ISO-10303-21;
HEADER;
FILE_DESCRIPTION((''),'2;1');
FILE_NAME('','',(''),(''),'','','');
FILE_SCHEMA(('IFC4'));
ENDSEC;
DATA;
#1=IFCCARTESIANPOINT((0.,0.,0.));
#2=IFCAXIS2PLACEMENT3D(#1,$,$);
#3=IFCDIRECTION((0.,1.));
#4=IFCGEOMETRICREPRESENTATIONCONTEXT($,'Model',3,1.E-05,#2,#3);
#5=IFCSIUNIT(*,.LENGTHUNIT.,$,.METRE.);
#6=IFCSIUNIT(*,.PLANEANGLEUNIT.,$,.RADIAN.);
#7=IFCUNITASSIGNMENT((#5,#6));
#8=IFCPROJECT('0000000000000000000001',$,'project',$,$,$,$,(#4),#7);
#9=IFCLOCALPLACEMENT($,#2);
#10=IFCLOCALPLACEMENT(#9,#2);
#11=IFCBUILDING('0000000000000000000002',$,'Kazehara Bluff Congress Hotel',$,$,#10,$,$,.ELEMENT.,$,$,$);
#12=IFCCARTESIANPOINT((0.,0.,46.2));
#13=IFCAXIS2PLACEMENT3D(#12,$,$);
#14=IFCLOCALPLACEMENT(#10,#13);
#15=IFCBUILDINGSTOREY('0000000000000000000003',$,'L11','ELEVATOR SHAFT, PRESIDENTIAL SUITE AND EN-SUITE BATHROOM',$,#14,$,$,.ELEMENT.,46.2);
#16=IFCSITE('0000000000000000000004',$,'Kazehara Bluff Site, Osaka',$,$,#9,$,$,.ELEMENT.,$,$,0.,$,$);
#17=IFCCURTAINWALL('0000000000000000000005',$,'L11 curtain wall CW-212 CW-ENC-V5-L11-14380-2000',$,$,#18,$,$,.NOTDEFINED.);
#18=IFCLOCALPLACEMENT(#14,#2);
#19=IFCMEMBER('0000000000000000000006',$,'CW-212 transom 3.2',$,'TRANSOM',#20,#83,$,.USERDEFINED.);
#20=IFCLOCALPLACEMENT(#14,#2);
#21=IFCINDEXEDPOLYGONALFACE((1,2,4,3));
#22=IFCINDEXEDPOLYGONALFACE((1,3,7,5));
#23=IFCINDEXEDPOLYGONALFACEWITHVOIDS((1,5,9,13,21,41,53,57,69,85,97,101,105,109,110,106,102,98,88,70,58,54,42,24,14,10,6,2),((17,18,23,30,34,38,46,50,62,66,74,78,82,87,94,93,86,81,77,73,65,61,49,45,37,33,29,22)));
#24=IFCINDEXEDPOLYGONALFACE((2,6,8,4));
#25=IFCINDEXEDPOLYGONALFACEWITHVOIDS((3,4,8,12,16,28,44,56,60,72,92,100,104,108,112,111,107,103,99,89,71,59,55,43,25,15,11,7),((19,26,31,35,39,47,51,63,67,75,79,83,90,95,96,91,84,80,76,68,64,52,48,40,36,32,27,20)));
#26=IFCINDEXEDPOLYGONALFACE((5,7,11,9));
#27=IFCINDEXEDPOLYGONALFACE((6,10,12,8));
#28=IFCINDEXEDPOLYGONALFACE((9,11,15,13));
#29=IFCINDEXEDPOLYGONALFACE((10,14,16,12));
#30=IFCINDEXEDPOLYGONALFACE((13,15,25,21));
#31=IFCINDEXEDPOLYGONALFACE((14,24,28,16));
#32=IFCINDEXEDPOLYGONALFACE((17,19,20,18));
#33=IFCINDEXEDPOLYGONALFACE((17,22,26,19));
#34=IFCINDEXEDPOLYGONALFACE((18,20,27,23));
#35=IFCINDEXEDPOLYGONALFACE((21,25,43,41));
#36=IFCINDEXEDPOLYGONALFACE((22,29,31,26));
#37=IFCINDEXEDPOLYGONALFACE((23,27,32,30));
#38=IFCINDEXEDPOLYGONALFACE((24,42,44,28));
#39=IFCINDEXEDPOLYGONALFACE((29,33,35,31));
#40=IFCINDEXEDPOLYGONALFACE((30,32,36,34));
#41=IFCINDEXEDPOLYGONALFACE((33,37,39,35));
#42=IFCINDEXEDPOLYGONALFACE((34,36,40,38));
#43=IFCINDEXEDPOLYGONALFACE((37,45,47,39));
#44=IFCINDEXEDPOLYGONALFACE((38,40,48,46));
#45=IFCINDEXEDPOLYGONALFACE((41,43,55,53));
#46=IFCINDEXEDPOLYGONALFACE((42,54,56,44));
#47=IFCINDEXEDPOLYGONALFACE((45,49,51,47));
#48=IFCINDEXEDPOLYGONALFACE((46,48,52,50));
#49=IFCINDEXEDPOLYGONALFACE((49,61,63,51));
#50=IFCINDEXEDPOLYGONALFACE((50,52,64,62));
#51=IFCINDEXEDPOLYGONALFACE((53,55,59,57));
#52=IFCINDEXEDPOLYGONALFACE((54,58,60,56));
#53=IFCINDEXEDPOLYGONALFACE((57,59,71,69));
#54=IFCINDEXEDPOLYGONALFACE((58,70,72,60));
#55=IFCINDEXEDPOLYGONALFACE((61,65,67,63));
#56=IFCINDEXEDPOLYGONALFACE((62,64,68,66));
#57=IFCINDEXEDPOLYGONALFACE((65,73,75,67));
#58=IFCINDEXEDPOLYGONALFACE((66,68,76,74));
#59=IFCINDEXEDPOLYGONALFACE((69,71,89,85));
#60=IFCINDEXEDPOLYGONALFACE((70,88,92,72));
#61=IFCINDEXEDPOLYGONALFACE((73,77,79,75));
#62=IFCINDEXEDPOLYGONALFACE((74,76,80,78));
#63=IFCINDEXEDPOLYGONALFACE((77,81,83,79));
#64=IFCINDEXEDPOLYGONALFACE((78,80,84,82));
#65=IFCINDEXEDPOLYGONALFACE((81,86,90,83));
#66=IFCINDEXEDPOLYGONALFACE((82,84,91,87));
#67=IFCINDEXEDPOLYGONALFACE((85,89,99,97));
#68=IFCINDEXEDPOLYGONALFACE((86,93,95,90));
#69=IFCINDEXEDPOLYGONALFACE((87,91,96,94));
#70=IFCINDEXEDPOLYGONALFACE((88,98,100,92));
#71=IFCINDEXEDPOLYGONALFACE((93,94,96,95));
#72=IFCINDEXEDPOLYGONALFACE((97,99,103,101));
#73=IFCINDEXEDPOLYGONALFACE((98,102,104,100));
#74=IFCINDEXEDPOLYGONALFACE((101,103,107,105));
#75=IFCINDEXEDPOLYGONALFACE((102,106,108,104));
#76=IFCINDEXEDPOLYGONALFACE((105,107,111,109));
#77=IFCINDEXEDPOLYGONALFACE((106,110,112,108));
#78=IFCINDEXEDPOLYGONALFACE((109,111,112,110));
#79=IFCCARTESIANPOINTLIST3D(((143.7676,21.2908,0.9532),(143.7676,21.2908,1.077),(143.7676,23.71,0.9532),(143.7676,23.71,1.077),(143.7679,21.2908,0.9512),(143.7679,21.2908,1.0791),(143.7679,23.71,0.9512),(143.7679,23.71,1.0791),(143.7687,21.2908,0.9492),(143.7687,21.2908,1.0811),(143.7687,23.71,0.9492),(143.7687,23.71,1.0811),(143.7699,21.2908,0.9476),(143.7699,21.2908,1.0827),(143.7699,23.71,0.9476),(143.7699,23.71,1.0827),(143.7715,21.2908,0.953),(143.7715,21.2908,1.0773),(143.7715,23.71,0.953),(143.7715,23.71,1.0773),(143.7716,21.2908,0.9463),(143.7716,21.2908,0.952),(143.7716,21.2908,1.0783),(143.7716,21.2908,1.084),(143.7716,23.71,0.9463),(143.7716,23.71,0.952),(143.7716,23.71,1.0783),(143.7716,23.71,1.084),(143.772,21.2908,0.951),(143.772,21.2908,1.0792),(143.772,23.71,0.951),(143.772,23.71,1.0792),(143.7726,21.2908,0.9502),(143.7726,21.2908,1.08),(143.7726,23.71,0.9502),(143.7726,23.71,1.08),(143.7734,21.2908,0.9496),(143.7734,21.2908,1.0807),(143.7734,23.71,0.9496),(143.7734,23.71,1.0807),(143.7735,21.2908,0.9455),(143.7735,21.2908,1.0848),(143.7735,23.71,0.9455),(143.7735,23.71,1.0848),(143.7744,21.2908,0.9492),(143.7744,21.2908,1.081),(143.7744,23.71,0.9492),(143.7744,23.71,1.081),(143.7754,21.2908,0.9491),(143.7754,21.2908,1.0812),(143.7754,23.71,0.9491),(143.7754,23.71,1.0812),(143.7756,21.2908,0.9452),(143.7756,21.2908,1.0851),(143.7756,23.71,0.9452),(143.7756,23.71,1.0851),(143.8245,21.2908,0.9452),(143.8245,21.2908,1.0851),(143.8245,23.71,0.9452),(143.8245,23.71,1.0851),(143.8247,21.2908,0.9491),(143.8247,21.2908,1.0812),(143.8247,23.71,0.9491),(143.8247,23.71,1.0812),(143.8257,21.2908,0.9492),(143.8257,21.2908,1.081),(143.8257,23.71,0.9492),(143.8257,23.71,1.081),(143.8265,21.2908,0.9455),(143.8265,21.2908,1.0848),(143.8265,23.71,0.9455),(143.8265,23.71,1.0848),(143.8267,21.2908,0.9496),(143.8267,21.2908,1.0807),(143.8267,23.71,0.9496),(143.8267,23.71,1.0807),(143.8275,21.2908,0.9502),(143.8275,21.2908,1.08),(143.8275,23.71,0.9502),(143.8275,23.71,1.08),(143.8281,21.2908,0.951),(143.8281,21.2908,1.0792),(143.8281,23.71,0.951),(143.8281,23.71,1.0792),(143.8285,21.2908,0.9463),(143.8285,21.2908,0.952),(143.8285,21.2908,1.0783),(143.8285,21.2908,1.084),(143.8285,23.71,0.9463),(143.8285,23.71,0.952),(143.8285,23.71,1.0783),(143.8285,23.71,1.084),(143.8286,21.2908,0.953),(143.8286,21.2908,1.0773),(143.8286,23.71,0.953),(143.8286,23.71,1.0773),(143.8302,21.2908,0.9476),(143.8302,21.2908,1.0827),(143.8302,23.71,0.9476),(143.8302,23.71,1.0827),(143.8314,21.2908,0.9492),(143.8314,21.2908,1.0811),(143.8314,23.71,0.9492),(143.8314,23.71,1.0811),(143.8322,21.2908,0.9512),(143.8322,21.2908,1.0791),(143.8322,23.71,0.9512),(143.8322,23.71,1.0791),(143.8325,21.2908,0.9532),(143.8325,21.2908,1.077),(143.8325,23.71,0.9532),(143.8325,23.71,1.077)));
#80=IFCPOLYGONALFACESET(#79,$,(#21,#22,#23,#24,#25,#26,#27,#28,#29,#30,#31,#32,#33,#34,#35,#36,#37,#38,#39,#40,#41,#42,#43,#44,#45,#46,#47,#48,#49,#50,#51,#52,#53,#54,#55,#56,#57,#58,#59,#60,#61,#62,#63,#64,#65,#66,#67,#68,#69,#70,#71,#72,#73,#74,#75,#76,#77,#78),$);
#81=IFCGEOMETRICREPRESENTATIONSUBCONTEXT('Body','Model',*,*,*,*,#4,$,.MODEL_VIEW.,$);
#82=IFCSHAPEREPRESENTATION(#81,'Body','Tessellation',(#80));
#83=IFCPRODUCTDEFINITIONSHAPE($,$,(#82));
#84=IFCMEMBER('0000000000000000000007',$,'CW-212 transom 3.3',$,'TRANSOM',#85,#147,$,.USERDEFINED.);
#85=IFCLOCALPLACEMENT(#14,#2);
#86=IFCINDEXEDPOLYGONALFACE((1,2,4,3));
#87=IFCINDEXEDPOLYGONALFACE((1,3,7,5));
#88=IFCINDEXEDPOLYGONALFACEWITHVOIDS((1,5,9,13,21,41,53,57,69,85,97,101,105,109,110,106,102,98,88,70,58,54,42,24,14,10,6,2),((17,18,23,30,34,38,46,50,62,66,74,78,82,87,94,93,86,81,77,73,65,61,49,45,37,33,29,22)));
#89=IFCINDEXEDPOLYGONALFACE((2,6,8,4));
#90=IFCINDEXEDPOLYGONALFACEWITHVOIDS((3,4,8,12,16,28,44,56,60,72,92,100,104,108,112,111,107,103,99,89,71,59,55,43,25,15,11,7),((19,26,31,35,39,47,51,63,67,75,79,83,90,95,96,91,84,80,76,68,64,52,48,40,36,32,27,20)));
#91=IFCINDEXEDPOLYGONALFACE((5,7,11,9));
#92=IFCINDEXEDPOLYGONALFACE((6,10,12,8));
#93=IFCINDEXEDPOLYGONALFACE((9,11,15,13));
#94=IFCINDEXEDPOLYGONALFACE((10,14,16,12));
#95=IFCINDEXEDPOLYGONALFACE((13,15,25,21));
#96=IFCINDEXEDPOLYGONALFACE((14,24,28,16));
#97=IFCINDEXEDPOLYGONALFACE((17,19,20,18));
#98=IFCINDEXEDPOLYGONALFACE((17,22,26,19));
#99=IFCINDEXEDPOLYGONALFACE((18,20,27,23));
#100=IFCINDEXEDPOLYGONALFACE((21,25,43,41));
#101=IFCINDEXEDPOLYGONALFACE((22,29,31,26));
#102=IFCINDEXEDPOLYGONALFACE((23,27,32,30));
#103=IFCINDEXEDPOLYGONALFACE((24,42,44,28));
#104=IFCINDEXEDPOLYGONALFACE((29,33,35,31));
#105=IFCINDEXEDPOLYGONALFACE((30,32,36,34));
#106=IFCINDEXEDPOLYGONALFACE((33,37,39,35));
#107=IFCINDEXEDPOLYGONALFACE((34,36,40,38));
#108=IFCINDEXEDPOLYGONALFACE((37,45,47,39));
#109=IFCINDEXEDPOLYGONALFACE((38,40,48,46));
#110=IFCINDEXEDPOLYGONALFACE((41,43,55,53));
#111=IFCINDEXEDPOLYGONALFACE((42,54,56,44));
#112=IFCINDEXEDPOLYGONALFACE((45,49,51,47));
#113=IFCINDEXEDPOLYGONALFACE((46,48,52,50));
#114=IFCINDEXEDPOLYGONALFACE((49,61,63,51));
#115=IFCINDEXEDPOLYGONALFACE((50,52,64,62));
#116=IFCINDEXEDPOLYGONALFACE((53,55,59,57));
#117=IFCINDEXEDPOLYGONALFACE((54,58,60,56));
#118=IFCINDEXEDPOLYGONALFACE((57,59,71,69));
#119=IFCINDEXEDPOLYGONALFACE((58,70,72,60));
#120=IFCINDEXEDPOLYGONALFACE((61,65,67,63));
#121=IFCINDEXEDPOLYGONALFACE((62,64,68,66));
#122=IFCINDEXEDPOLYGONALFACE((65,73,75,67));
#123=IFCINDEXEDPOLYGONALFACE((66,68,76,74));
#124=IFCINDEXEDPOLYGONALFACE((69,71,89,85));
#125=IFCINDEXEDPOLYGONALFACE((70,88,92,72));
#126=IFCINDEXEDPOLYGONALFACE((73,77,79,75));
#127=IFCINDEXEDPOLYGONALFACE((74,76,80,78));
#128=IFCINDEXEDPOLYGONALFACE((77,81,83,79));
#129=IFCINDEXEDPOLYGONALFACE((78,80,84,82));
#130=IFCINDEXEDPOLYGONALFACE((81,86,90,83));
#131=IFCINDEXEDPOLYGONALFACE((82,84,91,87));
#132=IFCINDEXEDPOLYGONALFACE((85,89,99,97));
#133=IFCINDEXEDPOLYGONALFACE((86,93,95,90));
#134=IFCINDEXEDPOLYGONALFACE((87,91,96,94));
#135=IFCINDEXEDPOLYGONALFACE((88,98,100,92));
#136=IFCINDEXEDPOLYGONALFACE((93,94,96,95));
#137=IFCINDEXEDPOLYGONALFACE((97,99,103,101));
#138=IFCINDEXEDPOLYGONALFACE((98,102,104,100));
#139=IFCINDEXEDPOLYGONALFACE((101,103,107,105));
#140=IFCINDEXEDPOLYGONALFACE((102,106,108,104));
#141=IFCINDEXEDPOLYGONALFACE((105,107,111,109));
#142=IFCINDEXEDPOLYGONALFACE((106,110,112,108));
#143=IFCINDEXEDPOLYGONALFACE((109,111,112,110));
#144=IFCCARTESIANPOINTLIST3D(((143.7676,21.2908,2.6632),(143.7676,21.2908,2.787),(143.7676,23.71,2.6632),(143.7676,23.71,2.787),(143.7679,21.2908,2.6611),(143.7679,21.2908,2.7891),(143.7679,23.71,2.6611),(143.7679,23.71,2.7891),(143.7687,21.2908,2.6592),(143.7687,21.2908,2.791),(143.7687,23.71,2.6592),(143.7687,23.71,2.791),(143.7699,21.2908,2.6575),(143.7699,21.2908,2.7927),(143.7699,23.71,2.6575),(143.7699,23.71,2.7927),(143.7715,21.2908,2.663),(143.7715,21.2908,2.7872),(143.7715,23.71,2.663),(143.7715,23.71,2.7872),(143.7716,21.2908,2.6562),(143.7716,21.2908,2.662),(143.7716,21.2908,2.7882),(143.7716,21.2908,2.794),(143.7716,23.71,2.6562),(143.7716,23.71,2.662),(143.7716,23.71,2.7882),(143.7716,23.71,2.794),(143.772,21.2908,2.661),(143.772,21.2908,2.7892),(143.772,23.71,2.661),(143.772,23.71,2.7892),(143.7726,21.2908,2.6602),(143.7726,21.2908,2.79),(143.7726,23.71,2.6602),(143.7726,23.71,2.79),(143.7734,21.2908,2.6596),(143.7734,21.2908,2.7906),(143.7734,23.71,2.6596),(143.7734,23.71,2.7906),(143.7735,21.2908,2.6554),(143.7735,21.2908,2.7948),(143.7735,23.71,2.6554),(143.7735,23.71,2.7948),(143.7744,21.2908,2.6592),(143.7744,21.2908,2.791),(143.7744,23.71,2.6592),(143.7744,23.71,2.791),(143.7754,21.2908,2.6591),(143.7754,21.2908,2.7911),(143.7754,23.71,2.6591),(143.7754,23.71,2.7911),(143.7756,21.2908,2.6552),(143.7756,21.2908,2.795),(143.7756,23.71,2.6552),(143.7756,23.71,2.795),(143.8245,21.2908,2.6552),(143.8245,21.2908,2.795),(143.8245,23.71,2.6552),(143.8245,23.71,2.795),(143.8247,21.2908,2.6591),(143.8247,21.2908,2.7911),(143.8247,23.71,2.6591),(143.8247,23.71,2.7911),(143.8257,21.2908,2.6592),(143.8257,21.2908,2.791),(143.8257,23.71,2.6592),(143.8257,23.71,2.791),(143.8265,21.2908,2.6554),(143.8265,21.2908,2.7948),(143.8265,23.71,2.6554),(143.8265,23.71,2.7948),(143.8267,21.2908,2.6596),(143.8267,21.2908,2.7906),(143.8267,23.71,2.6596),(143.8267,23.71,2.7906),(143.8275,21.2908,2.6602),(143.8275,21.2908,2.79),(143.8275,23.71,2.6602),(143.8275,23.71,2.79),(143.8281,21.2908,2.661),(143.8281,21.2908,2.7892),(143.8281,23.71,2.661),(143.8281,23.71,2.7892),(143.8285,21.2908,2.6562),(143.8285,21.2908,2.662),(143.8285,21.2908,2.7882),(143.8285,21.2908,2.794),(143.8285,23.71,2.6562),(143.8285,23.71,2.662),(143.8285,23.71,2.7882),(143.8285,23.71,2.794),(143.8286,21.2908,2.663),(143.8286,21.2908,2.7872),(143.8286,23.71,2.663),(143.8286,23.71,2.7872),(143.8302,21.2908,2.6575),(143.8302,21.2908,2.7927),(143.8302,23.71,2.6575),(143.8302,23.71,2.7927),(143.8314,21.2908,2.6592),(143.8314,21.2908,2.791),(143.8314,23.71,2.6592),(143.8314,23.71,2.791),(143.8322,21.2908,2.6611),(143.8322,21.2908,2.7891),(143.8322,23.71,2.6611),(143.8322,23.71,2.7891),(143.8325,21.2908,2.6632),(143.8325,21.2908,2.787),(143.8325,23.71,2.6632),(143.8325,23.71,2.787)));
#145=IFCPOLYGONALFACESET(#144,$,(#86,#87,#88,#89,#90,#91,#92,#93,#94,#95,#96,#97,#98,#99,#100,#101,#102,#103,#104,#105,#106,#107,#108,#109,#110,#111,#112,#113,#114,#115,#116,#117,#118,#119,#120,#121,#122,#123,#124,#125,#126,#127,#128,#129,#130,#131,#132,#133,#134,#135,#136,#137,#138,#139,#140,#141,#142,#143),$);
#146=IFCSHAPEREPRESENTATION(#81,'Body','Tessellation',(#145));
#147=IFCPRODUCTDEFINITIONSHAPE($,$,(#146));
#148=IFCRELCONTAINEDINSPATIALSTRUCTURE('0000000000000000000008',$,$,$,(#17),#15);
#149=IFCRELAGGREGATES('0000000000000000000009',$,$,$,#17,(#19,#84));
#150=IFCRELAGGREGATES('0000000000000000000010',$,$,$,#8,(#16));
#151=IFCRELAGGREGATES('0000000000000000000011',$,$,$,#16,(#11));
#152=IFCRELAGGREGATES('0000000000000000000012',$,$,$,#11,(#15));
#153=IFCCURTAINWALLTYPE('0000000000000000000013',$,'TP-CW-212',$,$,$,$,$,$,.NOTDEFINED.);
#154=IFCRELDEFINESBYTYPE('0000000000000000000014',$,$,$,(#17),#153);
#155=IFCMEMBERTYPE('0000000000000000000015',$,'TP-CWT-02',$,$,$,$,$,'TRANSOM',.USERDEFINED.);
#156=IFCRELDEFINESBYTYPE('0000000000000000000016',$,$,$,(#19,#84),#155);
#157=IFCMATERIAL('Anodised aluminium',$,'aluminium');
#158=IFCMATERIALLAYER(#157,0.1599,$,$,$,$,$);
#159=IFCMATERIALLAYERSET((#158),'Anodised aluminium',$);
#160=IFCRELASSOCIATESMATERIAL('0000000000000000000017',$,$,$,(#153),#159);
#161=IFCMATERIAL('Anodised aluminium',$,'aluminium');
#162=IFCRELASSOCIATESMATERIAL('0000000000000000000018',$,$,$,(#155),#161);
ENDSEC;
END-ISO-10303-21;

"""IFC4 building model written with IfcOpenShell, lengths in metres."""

from ifc_helpers import new_model, si_unit, direction, frame, origin, origin_2d, place, context, subcontext, project, spatial, hollow_rectangle, extrude, material, layer, layer_set, material_profile, profile_set, type_object, element, aggregate, save


model = new_model("IFC4")

# Units and contexts
model_context = context("Model", 3, precision=1e-05, world=origin(), true_north=direction((0.0, 1.0)))
body_context = subcontext(model_context, "Body", "Model", "MODEL_VIEW")
ifc_project = project(units=[si_unit("LENGTHUNIT", "METRE"), si_unit("PLANEANGLEUNIT", "RADIAN")], contexts=[model_context])

# Site, building, storey
site_placement = place(None, origin())
site = spatial("IfcSite", under=ifc_project, at=site_placement, Name="Kazehara Bluff Site, Osaka", CompositionType="ELEMENT", RefElevation=0.0)
building_placement = place(site_placement, origin())
building = spatial("IfcBuilding", under=site, at=building_placement, Name="Kazehara Bluff Congress Hotel", CompositionType="ELEMENT")
storey_placement = place(building_placement, frame((0.0, 0.0, 46.2)))
storey = spatial("IfcBuildingStorey", under=building, at=storey_placement, Name="L11", Description="ELEVATOR SHAFT, PRESIDENTIAL SUITE AND EN-SUITE BATHROOM", CompositionType="ELEMENT", Elevation=46.2)

# Shared definitions
ifc_material_1 = material(Name="Anodised aluminium", Category="aluminium")
ifc_layer_1 = layer(ifc_material_1, 0.1599)
ifc_layer_set_1 = layer_set([ifc_layer_1], Name="Anodised aluminium")
curtain_wall_type = type_object("IfcCurtainWallType", Name="TP-CW-212", PredefinedType="NOTDEFINED", material=ifc_layer_set_1)

# Curtain wall, members
curtain_wall_1_placement = place(storey_placement, origin())
curtain_wall_1 = element("IfcCurtainWall", 1, at=curtain_wall_1_placement, inside=storey, type_object=curtain_wall_type, Name="L11 curtain wall CW-212 CW-ENC-V5-L11-14380-2000", PredefinedType="NOTDEFINED")
ifc_material_2 = material(Name="Anodised aluminium", Category="aluminium")
ifc_material_profile_1 = material_profile(ifc_material_2, hollow_rectangle(XDim=0.0649, YDim=0.1399, WallThickness=0.0039, InnerFilletRadius=0.0039, OuterFilletRadius=0.0081, at=origin_2d()))
ifc_profile_set_1 = profile_set([ifc_material_profile_1], Name="Anodised aluminium")
member_type_1 = type_object("IfcMemberType", Name="TP-CWT-02", ElementType="TRANSOM", PredefinedType="USERDEFINED", material=ifc_profile_set_1)
member_1_placement = place(storey_placement, frame((143.8, 21.2908, 1.0151), z_axis=(0.0, 1.0, 0.0), x_axis=(-1.0, 0.0, 0.0)))
member_1 = element("IfcMember", 2, at=member_1_placement, type_object=member_type_1, Name="CW-212 transom 3.2", ObjectType="TRANSOM", PredefinedType="USERDEFINED", context=body_context, shape_type="SweptSolid", body=[
    extrude(hollow_rectangle(XDim=0.0649, YDim=0.1399, WallThickness=0.0039, InnerFilletRadius=0.0039, OuterFilletRadius=0.0081, at=origin_2d()), origin(), (0.0, 0.0, 1.0), 2.4192),
])
member_2_placement = place(storey_placement, frame((143.8, 21.2908, 2.7251), z_axis=(0.0, 1.0, 0.0), x_axis=(-1.0, 0.0, 0.0)))
member_2 = element("IfcMember", 3, at=member_2_placement, type_object=member_type_1, Name="CW-212 transom 3.3", ObjectType="TRANSOM", PredefinedType="USERDEFINED", context=body_context, shape_type="SweptSolid", body=[
    extrude(hollow_rectangle(XDim=0.0649, YDim=0.1399, WallThickness=0.0039, InnerFilletRadius=0.0039, OuterFilletRadius=0.0081, at=origin_2d()), origin(), (0.0, 0.0, 1.0), 2.4192),
])

aggregate(curtain_wall_1, [member_1, member_2])

save(model, "model.ifc")
